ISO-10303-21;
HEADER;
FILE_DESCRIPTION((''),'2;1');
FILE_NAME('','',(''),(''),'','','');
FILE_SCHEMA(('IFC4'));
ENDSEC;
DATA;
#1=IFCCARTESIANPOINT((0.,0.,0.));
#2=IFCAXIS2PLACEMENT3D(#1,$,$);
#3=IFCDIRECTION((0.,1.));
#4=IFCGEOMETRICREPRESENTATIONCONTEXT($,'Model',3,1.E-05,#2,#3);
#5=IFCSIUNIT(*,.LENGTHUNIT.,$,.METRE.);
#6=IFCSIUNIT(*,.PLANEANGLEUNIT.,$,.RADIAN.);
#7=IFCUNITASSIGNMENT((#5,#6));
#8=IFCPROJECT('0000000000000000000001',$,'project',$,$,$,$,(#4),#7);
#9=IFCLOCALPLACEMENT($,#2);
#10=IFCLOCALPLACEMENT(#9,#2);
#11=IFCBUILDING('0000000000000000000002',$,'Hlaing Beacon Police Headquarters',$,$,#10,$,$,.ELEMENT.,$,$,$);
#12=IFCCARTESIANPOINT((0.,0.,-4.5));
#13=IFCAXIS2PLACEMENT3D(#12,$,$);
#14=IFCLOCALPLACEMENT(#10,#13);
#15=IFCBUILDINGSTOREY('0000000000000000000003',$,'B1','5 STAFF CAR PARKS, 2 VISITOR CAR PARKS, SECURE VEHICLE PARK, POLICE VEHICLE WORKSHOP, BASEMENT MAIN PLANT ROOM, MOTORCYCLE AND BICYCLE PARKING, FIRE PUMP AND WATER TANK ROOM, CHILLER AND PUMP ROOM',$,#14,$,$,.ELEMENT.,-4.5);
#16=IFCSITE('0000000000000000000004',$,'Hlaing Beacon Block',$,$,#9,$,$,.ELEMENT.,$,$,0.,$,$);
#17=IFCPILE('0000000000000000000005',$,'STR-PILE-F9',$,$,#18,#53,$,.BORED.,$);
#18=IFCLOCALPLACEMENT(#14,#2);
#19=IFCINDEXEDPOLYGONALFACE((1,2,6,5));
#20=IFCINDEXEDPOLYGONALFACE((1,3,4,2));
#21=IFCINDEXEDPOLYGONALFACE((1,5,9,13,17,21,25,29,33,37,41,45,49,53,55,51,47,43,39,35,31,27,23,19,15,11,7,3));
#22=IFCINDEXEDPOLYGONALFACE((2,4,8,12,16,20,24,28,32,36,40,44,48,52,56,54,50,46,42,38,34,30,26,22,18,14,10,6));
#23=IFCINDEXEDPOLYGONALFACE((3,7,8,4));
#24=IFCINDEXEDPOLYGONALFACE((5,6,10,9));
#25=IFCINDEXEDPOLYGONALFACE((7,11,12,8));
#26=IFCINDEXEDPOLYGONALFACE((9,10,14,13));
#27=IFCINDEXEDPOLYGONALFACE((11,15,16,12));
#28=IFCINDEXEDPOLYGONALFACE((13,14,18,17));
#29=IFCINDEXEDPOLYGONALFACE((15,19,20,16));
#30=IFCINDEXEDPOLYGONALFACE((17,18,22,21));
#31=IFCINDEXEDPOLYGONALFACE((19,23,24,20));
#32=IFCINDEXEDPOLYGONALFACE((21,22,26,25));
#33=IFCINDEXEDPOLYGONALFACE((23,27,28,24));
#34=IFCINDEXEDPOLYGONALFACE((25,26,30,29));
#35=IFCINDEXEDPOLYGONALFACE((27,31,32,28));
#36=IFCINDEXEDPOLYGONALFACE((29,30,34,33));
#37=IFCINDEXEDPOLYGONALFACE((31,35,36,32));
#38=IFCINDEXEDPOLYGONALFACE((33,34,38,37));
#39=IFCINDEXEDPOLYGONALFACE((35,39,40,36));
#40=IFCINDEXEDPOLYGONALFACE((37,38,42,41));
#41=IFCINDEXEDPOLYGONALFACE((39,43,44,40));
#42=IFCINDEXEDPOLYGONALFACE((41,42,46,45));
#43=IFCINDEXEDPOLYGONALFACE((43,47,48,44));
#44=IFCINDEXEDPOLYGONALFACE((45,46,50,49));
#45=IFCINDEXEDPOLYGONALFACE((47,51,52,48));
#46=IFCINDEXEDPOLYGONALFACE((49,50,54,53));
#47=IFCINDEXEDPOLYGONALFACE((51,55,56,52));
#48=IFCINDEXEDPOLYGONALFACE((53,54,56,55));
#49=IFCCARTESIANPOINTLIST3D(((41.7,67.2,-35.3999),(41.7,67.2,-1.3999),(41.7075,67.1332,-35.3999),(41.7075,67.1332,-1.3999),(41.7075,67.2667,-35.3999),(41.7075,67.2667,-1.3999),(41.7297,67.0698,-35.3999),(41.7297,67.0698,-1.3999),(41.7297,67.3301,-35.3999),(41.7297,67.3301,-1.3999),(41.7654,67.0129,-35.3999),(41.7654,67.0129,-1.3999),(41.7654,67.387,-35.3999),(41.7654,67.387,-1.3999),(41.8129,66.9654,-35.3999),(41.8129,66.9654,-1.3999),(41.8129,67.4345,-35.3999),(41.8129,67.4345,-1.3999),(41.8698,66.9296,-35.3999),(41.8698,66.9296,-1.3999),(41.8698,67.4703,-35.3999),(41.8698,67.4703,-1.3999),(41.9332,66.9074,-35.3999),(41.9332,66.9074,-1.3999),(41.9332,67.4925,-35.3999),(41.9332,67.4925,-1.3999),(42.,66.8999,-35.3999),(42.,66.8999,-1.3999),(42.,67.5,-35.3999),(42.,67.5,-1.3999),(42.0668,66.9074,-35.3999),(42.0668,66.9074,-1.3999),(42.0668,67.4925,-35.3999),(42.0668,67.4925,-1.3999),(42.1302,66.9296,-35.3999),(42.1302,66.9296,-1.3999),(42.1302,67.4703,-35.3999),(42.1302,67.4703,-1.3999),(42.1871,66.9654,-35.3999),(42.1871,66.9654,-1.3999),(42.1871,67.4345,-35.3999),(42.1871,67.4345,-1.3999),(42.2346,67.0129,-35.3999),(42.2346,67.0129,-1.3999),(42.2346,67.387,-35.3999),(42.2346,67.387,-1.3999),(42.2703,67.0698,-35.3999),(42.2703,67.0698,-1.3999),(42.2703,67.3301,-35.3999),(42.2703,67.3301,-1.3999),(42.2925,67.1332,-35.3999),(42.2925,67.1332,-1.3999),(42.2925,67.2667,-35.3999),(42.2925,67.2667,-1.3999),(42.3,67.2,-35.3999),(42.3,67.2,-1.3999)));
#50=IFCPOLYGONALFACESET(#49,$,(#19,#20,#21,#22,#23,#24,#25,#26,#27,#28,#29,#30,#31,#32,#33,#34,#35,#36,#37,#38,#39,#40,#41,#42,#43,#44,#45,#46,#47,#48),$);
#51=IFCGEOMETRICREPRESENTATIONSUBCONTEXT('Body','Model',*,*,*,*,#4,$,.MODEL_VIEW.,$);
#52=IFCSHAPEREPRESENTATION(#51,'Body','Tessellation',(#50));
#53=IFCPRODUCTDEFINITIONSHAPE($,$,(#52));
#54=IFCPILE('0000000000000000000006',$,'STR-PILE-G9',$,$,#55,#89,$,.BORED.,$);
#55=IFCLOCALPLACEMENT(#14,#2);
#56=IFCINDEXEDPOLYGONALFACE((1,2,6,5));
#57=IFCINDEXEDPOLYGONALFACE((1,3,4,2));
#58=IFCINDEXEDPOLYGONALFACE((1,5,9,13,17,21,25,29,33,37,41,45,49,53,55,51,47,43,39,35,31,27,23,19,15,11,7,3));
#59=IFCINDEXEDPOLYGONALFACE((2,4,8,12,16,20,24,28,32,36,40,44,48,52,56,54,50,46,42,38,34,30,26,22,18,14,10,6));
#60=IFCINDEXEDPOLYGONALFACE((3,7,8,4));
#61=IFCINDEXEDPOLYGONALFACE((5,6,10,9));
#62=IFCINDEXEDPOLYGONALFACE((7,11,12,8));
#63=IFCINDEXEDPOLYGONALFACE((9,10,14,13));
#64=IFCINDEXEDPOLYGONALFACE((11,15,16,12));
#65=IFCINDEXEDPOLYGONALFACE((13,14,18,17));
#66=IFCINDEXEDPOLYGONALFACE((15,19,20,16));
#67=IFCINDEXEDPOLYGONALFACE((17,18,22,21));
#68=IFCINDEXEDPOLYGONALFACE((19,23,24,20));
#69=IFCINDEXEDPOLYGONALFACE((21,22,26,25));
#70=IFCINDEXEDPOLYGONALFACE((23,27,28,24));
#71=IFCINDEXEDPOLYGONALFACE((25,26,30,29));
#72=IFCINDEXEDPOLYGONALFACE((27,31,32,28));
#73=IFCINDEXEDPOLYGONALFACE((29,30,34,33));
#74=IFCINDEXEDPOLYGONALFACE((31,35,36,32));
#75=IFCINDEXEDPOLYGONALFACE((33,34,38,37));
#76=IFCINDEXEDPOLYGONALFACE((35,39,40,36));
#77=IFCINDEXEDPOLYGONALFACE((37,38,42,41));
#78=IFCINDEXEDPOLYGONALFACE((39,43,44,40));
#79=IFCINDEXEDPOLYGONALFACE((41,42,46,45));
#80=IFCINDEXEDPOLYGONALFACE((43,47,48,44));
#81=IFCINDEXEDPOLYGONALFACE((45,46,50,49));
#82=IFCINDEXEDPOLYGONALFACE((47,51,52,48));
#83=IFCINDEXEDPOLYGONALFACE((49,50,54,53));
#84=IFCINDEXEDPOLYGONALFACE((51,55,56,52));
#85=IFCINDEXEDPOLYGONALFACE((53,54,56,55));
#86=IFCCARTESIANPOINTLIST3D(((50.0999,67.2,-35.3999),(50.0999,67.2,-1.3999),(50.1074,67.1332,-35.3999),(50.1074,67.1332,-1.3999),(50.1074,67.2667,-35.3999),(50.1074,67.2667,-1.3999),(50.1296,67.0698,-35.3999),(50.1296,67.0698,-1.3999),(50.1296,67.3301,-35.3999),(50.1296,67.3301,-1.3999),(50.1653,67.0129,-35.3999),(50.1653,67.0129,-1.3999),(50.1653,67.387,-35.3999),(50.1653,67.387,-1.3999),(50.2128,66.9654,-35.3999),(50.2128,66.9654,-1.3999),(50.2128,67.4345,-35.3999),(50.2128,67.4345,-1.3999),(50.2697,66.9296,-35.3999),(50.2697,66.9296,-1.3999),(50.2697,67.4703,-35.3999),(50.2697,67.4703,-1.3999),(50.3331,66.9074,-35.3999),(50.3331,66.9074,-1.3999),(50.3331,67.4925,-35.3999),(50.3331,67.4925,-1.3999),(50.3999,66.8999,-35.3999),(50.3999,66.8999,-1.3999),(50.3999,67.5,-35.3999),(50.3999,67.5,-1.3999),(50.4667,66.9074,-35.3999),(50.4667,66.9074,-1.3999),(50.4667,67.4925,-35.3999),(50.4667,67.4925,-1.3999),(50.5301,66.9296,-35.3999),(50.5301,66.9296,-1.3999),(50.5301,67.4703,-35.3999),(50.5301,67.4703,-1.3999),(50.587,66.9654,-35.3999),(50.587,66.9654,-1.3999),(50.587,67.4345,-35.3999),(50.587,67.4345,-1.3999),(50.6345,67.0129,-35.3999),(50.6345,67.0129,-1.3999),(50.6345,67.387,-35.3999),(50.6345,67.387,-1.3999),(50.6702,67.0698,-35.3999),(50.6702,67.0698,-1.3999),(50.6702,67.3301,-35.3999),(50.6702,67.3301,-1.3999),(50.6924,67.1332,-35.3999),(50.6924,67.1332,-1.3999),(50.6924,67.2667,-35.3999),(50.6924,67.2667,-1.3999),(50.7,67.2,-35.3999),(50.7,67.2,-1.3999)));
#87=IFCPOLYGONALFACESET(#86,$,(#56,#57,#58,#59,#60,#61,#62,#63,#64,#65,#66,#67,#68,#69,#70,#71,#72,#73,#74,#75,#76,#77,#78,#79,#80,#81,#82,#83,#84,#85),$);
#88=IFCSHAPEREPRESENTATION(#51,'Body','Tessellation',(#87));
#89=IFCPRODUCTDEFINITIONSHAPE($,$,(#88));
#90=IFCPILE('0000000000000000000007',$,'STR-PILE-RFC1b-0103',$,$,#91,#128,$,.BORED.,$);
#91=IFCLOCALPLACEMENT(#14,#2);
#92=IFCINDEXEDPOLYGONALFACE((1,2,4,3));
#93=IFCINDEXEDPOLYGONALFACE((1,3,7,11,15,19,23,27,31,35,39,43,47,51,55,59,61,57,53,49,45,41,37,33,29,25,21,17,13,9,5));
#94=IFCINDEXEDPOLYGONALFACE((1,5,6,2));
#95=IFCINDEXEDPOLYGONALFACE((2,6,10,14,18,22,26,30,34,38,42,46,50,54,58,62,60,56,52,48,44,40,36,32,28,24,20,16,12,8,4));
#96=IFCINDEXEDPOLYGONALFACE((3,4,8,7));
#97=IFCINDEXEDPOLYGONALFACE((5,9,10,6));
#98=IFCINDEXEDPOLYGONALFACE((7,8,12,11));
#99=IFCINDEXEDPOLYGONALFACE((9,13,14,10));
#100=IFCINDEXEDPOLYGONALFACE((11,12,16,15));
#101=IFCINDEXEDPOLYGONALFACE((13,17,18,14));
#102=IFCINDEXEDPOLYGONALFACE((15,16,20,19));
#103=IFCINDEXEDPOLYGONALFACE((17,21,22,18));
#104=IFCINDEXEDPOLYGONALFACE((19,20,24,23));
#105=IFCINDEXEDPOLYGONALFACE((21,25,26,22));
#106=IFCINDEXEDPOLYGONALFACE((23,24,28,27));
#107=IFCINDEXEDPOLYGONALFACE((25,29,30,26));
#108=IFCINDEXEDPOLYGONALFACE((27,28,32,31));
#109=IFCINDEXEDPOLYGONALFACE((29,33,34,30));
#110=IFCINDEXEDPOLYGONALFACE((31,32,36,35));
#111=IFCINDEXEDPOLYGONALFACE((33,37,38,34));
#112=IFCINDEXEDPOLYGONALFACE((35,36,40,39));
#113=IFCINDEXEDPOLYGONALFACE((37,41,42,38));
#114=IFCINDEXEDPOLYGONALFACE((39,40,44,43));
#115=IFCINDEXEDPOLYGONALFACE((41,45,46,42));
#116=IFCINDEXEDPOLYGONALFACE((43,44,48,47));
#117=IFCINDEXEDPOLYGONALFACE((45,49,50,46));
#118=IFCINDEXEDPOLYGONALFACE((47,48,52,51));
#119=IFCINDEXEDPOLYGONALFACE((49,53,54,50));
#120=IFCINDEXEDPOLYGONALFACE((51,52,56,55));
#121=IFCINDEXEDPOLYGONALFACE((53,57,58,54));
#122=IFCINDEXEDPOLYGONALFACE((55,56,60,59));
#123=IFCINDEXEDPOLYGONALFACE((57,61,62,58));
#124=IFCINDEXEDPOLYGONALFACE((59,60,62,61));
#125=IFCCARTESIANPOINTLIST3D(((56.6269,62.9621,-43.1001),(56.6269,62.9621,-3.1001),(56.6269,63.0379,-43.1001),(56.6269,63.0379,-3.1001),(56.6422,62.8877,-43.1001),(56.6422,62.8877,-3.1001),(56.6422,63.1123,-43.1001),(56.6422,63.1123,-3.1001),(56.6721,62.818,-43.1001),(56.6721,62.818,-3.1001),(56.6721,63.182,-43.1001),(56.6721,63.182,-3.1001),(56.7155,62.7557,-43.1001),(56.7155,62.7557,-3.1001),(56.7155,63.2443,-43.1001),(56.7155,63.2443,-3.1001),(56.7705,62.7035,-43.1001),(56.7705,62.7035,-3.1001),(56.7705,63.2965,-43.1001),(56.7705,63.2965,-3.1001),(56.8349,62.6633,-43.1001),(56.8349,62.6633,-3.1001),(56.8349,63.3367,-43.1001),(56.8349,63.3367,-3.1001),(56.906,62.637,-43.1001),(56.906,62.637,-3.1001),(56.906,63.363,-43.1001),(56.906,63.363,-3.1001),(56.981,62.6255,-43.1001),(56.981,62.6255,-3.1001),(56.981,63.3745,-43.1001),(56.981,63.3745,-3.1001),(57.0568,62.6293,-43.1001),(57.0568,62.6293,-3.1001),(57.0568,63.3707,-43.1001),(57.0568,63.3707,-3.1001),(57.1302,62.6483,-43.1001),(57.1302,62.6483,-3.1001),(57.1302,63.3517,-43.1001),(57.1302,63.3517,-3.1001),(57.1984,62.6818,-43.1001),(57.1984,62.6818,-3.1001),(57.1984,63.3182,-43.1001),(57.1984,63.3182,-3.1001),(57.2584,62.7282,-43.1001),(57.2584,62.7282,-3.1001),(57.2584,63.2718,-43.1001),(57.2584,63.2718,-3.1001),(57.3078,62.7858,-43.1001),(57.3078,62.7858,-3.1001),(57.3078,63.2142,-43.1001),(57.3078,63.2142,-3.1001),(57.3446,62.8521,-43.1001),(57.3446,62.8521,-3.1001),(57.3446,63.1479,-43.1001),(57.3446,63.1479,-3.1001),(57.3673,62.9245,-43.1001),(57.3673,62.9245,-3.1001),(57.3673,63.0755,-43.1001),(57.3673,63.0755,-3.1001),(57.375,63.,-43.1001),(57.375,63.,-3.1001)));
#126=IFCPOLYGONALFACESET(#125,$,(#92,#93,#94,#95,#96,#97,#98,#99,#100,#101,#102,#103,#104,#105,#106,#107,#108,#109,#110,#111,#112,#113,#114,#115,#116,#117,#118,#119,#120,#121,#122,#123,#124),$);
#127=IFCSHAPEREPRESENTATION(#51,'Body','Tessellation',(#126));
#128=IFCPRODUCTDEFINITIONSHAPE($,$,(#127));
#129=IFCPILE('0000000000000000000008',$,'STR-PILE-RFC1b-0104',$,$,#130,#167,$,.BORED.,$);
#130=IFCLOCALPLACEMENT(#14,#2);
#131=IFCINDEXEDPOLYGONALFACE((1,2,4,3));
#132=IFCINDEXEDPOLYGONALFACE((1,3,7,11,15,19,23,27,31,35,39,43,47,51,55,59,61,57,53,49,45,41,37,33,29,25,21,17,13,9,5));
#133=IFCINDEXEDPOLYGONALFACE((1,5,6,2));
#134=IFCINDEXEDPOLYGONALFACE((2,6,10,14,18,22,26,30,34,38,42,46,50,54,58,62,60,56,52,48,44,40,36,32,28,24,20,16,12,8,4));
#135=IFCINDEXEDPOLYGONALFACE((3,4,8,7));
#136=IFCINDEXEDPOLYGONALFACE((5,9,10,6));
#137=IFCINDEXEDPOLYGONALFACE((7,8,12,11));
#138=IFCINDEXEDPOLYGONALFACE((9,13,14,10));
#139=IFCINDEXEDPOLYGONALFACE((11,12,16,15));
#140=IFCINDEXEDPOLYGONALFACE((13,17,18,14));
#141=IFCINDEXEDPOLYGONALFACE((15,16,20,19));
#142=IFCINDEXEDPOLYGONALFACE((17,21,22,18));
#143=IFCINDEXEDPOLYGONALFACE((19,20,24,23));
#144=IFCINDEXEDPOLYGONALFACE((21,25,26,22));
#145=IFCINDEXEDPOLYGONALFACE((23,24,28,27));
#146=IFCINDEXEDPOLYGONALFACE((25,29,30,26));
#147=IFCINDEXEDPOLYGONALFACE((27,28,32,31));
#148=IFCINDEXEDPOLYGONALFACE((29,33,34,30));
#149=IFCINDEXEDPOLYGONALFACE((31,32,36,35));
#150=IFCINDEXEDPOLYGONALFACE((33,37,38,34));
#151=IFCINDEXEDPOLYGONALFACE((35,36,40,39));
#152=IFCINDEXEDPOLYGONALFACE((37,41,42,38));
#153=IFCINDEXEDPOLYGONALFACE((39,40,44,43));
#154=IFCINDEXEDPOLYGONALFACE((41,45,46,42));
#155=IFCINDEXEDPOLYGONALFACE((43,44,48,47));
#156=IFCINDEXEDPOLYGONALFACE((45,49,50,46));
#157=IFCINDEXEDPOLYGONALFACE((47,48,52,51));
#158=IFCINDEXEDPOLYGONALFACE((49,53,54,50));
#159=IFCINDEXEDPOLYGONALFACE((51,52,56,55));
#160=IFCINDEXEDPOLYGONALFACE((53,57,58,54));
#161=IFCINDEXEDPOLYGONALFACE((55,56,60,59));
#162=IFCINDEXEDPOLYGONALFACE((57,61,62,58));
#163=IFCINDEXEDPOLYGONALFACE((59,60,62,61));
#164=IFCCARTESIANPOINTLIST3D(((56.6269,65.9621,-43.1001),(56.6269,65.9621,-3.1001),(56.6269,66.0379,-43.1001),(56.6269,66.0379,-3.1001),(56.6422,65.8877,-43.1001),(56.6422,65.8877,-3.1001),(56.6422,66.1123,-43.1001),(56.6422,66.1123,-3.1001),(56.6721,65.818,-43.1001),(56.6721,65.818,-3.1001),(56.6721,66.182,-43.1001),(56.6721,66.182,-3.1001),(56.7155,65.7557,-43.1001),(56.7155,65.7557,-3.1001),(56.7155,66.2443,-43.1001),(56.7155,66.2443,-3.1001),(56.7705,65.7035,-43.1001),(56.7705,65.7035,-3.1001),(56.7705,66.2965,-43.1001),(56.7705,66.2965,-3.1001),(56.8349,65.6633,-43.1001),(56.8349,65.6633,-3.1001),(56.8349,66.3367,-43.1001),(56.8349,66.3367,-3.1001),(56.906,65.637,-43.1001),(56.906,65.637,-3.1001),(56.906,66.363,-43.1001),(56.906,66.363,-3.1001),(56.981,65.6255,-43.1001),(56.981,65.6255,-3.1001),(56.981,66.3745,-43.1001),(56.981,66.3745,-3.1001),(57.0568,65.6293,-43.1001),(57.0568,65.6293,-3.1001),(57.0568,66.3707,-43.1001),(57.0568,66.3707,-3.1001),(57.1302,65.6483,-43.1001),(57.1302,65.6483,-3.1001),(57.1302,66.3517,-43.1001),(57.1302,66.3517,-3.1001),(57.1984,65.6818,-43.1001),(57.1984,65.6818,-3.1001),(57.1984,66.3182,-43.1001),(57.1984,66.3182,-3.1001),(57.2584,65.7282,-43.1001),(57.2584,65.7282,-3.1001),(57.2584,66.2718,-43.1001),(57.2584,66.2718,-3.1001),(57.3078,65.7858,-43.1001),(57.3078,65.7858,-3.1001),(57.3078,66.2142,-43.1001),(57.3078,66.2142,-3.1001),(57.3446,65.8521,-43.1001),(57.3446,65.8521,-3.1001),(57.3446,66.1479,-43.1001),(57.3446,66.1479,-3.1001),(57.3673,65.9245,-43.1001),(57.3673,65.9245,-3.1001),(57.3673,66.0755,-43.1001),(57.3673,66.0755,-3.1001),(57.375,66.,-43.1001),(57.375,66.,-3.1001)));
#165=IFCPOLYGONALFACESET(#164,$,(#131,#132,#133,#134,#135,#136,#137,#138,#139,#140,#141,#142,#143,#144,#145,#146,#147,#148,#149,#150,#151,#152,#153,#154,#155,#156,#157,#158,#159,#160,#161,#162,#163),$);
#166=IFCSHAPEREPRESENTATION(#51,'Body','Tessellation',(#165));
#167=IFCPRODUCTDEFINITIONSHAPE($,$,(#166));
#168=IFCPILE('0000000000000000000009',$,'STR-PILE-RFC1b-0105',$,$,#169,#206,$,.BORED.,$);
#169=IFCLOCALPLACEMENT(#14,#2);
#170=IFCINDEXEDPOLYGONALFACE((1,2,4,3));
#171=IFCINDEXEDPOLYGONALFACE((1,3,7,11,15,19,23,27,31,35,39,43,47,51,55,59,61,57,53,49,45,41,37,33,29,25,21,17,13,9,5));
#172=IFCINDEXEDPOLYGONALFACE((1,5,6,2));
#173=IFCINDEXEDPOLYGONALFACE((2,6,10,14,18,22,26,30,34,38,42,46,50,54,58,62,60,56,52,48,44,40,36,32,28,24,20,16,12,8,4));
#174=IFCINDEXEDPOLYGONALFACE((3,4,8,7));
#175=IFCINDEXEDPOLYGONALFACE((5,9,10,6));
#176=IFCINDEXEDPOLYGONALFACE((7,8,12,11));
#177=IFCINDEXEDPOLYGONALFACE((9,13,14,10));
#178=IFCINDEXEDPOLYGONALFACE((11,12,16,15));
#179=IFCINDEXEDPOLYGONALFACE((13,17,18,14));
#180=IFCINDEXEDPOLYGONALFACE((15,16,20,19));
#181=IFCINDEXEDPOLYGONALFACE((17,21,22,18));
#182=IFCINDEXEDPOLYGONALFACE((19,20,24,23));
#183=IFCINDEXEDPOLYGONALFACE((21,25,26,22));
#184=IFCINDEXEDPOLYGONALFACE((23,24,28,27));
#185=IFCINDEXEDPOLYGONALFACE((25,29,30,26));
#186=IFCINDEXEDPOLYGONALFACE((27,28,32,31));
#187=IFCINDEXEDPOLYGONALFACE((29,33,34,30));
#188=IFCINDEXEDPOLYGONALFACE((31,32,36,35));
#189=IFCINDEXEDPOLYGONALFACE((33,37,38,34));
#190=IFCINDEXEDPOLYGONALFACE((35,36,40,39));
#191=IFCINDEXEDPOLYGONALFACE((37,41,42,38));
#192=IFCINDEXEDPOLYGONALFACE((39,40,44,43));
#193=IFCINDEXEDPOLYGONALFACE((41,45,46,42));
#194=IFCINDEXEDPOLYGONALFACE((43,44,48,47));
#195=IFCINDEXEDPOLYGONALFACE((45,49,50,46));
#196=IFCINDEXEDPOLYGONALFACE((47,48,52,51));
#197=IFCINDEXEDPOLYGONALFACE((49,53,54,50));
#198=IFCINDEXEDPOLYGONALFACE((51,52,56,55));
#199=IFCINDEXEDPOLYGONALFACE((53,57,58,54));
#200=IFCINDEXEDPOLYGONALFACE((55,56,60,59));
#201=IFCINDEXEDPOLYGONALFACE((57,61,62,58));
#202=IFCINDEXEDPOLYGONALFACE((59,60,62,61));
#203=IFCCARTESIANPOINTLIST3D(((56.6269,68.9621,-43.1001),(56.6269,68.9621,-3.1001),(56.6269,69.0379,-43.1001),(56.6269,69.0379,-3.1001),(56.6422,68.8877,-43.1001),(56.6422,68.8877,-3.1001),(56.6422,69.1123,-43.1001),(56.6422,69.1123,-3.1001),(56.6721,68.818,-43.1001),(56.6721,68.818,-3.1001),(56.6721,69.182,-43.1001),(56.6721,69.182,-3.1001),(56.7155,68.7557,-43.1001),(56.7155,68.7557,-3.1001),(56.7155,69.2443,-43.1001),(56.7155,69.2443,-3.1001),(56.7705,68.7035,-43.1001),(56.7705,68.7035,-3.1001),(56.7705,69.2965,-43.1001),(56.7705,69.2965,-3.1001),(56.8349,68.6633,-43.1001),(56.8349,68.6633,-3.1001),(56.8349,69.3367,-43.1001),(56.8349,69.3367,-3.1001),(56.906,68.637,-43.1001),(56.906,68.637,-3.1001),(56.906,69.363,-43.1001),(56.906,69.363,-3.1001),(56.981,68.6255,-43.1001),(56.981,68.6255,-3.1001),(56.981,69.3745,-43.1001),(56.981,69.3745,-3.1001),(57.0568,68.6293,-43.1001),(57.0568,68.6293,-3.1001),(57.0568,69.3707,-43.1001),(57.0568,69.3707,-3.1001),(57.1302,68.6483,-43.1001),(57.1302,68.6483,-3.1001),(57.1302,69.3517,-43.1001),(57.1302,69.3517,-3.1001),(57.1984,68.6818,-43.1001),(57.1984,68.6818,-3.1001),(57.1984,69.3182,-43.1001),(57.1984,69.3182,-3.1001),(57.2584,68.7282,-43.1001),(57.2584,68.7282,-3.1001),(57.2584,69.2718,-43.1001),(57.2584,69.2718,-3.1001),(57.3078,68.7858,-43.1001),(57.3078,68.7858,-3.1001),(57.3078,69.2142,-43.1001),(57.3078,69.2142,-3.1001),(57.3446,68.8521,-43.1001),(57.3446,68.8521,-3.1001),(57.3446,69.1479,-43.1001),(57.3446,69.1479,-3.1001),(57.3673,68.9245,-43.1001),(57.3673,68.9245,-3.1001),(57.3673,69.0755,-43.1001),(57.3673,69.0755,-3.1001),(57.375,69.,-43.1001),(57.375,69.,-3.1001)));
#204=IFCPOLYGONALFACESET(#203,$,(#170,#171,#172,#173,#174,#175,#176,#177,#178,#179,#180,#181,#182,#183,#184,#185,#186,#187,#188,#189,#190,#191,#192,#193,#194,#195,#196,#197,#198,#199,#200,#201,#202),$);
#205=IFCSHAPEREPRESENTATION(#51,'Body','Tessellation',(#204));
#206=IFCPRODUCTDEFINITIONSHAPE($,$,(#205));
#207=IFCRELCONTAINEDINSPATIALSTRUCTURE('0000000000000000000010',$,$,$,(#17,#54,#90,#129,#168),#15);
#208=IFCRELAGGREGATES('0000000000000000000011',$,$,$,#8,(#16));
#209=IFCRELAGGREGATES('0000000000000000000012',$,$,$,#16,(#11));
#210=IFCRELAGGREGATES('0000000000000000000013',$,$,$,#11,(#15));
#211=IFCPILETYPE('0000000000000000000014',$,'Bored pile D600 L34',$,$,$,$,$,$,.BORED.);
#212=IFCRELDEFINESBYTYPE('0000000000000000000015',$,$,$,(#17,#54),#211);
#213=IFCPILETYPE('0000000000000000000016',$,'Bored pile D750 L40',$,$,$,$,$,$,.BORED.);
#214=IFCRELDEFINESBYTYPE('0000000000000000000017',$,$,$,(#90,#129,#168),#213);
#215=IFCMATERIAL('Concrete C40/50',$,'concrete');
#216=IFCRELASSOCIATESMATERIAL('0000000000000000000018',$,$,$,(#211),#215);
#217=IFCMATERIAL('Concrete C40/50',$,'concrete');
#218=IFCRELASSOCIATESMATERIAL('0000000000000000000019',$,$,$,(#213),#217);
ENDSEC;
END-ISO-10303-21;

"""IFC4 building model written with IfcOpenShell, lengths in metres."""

from ifc_helpers import new_model, si_unit, direction, frame, origin, origin_2d, place, context, subcontext, project, spatial, circle, extrude, material, material_profile, profile_set, type_object, element, save


model = new_model("IFC4")

# Units and contexts
model_context = context("Model", 3, precision=1e-05, world=origin(), true_north=direction((0.0, 1.0)))
body_context = subcontext(model_context, "Body", "Model", "MODEL_VIEW")
ifc_project = project(units=[si_unit("LENGTHUNIT", "METRE"), si_unit("PLANEANGLEUNIT", "RADIAN")], contexts=[model_context])

# Site, building, storey
site_placement = place(None, origin())
site = spatial("IfcSite", under=ifc_project, at=site_placement, Name="Hlaing Beacon Block", CompositionType="ELEMENT", RefElevation=0.0)
building_placement = place(site_placement, origin())
building = spatial("IfcBuilding", under=site, at=building_placement, Name="Hlaing Beacon Police Headquarters", CompositionType="ELEMENT")
storey_placement = place(building_placement, frame((0.0, 0.0, -4.5)))
storey = spatial("IfcBuildingStorey", under=building, at=storey_placement, Name="B1", Description="5 STAFF CAR PARKS, 2 VISITOR CAR PARKS, SECURE VEHICLE PARK, POLICE VEHICLE WORKSHOP, BASEMENT MAIN PLANT ROOM, MOTORCYCLE AND BICYCLE PARKING, FIRE PUMP AND WATER TANK ROOM, CHILLER AND PUMP ROOM", CompositionType="ELEMENT", Elevation=-4.5)

# Piles
ifc_material_1 = material(Name="Concrete C40/50", Category="concrete")
ifc_material_profile_1 = material_profile(ifc_material_1, circle(Radius=0.3, at=origin_2d()), Name="D600")
ifc_profile_set_1 = profile_set([ifc_material_profile_1], Name="Concrete C40/50")
pile_type_1 = type_object("IfcPileType", Name="Bored pile D600 L34", PredefinedType="BORED", material=ifc_profile_set_1)
for number, where, z_axis, x_axis, name in (
    (1, (42.0, 67.2, -1.3999), (0.0, 0.0, -1.0), (1.0, 0.0, 0.0), "STR-PILE-F9"),
    (2, (50.3999, 67.2, -1.3999), (0.0, 0.0, -1.0), (1.0, 0.0, 0.0), "STR-PILE-G9"),
):
    element("IfcPile", number, at=place(storey_placement, frame(where, z_axis=z_axis, x_axis=x_axis)), inside=storey, type_object=pile_type_1, Name=name, PredefinedType="BORED", context=body_context, shape_type="SweptSolid", body=[
        extrude(circle(Radius=0.3, at=origin_2d()), origin(), (0.0, 0.0, 1.0), 34.0),
    ])
ifc_material_2 = material(Name="Concrete C40/50", Category="concrete")
ifc_material_profile_2 = material_profile(ifc_material_2, circle(Radius=0.375, at=origin_2d()), Name="D750")
ifc_profile_set_2 = profile_set([ifc_material_profile_2], Name="Concrete C40/50")
pile_type_2 = type_object("IfcPileType", Name="Bored pile D750 L40", PredefinedType="BORED", material=ifc_profile_set_2)
for number, where, z_axis, x_axis, name in (
    (3, (57.0, 63.0, -3.1001), (0.0, 0.0, -1.0), (1.0, 0.0, 0.0), "STR-PILE-RFC1b-0103"),
    (4, (57.0, 66.0, -3.1001), (0.0, 0.0, -1.0), (1.0, 0.0, 0.0), "STR-PILE-RFC1b-0104"),
    (5, (57.0, 69.0, -3.1001), (0.0, 0.0, -1.0), (1.0, 0.0, 0.0), "STR-PILE-RFC1b-0105"),
):
    element("IfcPile", number, at=place(storey_placement, frame(where, z_axis=z_axis, x_axis=x_axis)), inside=storey, type_object=pile_type_2, Name=name, PredefinedType="BORED", context=body_context, shape_type="SweptSolid", body=[
        extrude(circle(Radius=0.375, at=origin_2d()), origin(), (0.0, 0.0, 1.0), 40.0),
    ])

save(model, "model.ifc")
